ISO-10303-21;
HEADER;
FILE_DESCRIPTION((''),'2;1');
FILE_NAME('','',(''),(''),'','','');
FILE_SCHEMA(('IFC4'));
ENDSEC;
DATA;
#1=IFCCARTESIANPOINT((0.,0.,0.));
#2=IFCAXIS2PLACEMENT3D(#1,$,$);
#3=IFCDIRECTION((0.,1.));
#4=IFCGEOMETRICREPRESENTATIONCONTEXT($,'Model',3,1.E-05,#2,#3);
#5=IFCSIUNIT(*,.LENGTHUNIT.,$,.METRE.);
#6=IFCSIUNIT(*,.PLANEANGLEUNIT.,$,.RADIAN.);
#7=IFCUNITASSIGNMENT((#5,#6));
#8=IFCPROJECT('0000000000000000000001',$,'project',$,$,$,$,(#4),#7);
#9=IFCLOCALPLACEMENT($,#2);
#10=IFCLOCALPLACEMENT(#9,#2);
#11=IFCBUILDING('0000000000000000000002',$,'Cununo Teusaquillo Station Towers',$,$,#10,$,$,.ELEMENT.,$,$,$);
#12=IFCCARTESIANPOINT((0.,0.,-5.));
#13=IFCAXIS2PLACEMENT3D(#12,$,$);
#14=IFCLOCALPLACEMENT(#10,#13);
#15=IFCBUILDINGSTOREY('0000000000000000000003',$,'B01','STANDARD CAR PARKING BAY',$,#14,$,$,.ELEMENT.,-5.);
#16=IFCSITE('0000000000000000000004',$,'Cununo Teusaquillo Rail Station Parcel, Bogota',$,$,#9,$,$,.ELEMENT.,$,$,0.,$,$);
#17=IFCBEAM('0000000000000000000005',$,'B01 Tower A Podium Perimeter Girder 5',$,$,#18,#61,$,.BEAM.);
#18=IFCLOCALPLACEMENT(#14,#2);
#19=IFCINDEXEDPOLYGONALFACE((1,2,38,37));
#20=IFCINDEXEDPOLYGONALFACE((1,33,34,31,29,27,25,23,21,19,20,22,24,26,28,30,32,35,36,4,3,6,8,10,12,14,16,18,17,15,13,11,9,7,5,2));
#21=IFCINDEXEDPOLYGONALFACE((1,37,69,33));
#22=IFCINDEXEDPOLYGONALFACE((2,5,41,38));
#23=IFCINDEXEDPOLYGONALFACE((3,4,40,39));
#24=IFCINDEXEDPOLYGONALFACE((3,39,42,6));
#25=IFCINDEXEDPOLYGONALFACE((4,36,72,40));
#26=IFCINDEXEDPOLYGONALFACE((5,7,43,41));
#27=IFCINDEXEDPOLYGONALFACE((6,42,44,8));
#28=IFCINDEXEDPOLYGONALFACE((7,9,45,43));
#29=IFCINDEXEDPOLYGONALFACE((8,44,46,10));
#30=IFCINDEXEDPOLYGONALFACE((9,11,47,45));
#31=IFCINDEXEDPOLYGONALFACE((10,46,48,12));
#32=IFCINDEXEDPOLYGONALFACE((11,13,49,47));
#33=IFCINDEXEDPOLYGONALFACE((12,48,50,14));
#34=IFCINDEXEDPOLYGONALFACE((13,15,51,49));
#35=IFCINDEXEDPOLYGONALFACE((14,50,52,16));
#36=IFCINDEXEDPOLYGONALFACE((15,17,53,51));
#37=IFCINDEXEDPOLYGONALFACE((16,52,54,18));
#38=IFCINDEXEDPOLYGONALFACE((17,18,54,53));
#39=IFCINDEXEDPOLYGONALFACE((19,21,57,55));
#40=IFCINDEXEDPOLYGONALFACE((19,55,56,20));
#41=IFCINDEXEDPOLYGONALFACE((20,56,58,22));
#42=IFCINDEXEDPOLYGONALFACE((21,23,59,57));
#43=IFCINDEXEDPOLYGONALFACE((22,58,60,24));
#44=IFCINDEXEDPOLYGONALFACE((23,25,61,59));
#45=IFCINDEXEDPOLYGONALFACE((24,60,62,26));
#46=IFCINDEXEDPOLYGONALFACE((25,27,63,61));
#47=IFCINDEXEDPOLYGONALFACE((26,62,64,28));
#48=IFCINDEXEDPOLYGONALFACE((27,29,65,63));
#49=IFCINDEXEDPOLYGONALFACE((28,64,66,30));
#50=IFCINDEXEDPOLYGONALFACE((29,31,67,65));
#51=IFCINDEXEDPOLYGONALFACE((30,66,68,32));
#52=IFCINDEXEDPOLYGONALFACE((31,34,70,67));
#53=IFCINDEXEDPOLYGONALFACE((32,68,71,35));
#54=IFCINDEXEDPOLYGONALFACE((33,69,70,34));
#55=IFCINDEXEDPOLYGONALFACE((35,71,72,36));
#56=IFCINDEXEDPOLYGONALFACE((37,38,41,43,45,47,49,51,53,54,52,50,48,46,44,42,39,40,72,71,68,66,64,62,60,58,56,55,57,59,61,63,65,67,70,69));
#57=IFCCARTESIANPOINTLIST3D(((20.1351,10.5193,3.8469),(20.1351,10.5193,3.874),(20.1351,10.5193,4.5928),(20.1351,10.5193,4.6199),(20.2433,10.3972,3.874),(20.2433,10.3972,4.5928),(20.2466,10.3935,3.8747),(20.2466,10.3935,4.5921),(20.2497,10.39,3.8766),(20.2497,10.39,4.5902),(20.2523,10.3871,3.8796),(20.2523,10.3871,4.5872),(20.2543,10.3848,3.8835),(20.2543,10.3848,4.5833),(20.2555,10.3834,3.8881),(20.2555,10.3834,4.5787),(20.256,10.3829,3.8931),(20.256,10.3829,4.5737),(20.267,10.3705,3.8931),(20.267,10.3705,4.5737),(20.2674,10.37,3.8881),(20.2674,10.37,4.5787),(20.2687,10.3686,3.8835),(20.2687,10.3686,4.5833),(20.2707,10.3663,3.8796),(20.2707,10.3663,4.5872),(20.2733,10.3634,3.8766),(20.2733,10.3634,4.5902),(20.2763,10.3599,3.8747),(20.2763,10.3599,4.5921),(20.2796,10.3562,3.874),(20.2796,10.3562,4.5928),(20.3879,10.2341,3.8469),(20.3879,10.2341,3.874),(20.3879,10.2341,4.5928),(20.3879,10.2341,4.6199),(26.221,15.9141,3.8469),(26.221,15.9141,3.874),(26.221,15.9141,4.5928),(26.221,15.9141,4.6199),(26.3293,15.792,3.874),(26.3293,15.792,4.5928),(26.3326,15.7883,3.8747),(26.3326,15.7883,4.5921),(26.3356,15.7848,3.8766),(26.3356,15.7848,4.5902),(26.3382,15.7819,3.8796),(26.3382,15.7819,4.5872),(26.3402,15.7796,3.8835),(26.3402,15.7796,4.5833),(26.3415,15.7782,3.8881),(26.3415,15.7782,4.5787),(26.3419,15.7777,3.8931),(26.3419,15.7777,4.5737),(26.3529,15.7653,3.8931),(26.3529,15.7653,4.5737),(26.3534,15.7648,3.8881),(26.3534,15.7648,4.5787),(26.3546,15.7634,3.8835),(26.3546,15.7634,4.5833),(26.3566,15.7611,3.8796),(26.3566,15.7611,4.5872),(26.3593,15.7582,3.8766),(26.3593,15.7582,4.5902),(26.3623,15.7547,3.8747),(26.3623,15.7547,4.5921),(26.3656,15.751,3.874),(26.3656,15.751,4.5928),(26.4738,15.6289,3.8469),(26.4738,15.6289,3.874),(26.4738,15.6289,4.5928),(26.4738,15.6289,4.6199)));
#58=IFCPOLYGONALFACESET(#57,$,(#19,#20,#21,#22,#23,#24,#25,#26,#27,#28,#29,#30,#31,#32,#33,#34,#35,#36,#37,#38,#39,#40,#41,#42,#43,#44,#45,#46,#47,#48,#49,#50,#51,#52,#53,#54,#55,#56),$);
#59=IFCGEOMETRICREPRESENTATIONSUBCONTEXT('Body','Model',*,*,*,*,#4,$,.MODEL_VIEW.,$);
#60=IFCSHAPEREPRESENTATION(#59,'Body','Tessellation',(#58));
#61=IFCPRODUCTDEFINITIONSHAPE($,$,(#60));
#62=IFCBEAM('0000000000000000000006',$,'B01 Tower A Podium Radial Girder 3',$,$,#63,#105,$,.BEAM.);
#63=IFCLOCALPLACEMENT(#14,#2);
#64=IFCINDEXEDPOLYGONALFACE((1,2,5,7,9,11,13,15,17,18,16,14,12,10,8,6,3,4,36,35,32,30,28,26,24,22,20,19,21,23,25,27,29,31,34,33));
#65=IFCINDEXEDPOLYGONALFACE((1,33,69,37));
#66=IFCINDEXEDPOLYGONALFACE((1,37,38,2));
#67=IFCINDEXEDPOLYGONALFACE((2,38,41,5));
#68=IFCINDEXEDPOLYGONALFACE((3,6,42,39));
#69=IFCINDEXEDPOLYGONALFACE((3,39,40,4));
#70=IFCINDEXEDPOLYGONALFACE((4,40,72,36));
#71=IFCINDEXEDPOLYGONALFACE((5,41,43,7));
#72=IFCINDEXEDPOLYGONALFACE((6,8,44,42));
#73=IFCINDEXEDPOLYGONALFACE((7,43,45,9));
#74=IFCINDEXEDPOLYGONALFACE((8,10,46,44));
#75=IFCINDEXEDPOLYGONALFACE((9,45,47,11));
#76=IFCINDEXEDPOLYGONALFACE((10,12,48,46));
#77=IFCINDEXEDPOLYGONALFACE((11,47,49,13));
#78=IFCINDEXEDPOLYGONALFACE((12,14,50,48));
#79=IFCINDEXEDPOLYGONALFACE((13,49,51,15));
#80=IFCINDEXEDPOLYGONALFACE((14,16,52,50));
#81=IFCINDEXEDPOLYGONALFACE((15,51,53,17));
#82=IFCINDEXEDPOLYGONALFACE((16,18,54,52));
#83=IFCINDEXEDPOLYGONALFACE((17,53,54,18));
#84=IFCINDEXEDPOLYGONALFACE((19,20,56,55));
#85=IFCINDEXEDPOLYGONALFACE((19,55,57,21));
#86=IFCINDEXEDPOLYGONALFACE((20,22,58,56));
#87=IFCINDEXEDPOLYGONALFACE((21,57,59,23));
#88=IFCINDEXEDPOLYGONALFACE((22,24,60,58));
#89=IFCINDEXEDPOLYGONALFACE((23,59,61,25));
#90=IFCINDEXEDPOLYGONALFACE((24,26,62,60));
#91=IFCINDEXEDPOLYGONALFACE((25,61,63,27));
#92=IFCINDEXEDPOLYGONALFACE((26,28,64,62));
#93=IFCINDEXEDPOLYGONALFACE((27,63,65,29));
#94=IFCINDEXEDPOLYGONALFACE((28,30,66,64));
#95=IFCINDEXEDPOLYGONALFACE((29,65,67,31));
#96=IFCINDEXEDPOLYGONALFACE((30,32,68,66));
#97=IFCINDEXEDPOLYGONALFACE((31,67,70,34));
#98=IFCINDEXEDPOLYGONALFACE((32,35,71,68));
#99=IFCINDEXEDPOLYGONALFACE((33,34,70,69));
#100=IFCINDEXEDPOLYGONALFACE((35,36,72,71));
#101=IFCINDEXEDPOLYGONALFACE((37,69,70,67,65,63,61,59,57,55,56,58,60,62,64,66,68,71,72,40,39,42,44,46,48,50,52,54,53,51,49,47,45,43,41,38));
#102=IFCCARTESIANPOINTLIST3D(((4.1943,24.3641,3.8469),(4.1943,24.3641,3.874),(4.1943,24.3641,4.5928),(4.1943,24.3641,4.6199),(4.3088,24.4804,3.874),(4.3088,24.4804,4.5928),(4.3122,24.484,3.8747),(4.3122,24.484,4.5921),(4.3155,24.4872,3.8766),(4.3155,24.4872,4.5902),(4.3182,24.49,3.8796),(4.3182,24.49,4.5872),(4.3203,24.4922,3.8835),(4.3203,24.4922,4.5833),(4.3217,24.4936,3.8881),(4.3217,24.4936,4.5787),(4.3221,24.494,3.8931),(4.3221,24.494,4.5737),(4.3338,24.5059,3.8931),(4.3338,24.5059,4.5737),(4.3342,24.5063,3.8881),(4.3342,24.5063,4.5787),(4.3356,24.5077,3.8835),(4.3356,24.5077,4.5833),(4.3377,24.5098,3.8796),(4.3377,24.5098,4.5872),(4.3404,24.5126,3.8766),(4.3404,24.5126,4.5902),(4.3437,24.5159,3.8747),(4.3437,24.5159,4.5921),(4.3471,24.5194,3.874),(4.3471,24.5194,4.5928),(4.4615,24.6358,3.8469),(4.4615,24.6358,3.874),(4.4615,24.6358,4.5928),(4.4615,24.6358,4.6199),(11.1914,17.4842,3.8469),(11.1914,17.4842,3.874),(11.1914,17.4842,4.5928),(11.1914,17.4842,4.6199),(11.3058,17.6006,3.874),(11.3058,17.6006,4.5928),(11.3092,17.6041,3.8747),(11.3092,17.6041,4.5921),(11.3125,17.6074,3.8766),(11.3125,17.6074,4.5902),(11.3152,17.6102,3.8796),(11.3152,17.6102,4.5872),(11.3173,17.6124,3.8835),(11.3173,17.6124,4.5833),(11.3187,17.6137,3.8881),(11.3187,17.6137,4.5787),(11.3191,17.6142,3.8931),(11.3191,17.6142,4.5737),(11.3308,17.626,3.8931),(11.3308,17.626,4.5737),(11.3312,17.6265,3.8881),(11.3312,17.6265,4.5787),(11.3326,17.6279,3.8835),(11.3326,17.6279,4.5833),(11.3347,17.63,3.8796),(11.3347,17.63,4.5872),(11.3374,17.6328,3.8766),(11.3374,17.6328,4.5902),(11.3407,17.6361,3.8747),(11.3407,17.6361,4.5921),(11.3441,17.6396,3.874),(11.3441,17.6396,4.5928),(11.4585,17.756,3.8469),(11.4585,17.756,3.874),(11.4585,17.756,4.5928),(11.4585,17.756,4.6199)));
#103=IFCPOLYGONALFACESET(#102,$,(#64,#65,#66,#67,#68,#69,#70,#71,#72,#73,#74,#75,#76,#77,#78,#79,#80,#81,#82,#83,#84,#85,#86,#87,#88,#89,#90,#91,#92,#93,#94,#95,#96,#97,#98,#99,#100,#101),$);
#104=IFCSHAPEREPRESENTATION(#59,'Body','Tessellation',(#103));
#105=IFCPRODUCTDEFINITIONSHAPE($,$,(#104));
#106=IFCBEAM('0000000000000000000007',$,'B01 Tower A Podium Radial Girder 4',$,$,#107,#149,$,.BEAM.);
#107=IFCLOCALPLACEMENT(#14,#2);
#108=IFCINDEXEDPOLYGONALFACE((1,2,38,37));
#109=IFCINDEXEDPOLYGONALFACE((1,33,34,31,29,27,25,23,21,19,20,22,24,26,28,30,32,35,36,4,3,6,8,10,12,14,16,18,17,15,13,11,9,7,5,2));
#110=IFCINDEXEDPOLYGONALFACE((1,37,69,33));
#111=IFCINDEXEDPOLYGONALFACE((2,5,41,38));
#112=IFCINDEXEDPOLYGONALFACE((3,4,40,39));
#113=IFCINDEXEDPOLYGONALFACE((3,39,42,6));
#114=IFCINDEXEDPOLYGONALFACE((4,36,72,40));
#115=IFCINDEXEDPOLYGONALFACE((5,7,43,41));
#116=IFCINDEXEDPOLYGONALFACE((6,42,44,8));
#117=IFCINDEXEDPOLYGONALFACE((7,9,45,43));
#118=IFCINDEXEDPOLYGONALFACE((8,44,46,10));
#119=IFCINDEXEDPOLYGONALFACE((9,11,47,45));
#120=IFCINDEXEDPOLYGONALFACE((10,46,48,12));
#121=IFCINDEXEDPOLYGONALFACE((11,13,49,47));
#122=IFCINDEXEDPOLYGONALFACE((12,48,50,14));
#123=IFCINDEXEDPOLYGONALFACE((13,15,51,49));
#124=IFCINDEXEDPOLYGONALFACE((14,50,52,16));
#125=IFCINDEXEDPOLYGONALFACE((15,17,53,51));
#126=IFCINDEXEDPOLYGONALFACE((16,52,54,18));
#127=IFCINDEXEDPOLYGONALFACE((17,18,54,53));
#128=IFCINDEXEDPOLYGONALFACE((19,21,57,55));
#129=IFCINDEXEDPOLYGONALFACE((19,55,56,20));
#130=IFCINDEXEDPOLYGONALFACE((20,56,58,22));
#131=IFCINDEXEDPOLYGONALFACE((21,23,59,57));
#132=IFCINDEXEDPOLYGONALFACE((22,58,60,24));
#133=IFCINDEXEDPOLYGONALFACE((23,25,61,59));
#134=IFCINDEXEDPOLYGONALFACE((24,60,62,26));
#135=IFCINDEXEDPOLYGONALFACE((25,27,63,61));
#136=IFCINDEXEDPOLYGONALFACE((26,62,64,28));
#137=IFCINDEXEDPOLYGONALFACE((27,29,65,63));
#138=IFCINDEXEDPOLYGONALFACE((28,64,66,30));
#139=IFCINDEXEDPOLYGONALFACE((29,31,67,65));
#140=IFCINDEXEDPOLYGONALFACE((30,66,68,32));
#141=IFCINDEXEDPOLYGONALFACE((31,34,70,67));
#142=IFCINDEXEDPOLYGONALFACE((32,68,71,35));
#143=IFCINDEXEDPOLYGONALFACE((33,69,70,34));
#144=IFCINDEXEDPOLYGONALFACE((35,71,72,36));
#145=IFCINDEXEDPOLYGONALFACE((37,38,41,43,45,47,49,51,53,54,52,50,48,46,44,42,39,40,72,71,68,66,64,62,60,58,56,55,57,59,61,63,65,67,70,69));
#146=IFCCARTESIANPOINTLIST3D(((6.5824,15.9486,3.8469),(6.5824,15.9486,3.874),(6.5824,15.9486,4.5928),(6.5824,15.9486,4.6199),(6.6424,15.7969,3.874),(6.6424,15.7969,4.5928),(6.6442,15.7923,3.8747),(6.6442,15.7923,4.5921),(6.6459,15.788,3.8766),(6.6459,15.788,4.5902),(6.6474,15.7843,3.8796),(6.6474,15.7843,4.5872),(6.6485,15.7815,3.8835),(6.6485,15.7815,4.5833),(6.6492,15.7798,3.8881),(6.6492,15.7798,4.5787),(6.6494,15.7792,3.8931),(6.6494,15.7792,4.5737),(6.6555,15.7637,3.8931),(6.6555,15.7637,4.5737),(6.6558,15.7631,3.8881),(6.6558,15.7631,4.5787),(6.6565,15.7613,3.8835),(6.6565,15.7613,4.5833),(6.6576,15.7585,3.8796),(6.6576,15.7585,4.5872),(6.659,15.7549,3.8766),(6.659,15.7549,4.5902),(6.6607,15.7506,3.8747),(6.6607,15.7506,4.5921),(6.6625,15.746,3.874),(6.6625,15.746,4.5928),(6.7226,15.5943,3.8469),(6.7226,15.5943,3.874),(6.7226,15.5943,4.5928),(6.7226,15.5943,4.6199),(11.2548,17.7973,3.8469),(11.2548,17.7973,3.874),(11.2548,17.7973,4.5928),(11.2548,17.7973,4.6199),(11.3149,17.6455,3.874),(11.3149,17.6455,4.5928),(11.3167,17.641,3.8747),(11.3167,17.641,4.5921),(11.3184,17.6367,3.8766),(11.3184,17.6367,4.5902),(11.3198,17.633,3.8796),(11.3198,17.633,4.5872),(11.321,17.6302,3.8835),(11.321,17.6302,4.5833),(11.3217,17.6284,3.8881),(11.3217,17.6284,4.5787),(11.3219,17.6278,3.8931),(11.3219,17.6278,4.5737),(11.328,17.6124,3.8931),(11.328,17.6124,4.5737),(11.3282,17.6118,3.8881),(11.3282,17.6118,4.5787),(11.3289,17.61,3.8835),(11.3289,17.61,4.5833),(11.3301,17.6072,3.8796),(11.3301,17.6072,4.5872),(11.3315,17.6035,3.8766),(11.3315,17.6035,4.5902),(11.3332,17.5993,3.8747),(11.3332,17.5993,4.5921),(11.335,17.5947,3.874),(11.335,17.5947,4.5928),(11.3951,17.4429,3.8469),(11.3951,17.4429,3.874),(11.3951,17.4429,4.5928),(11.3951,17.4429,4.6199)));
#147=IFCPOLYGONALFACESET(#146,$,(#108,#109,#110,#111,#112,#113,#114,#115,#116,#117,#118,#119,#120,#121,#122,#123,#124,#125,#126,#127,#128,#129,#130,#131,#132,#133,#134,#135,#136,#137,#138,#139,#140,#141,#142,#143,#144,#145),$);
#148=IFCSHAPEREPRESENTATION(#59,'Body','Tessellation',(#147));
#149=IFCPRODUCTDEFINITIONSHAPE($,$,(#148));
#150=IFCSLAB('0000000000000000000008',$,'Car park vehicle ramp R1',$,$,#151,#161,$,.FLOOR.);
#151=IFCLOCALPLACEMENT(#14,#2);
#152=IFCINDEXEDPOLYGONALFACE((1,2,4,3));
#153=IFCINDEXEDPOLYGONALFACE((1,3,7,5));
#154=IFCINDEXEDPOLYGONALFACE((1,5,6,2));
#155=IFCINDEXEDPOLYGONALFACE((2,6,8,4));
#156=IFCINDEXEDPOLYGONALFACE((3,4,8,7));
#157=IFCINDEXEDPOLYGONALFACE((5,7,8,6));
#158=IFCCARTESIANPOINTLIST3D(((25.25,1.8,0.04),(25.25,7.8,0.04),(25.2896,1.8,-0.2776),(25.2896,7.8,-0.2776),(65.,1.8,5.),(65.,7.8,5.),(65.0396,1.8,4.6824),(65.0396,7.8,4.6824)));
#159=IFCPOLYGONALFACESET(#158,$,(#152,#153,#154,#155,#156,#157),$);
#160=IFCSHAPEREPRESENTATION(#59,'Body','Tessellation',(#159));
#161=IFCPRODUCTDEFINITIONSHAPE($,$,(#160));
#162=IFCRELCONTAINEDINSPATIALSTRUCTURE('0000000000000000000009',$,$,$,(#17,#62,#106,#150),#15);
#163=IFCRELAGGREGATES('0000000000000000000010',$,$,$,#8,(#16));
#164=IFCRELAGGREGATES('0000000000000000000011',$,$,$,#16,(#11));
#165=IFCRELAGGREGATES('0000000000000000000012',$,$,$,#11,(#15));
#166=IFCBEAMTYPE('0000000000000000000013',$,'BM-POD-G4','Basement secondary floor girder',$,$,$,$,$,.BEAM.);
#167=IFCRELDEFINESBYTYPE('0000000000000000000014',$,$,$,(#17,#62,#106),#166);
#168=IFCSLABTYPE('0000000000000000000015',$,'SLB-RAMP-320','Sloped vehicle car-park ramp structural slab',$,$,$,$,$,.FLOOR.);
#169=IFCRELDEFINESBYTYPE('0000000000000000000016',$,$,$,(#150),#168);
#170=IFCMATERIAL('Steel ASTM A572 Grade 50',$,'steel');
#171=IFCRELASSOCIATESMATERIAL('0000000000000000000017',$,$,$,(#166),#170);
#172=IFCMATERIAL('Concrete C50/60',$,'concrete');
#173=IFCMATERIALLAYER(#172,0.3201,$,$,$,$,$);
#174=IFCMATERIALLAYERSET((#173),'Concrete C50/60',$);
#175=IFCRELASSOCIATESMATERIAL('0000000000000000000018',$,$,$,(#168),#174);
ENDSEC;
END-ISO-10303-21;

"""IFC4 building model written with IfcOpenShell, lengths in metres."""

from ifc_helpers import new_model, si_unit, direction, frame, origin, origin_2d, place, context, subcontext, project, spatial, polyline, i_section, outline, extrude, material, layer, layer_set, material_profile, profile_set, type_object, element, save


model = new_model("IFC4")

# Units and contexts
model_context = context("Model", 3, precision=1e-05, world=origin(), true_north=direction((0.0, 1.0)))
body_context = subcontext(model_context, "Body", "Model", "MODEL_VIEW")
ifc_project = project(units=[si_unit("LENGTHUNIT", "METRE"), si_unit("PLANEANGLEUNIT", "RADIAN")], contexts=[model_context])

# Site, building, storey
site_placement = place(None, origin())
site = spatial("IfcSite", under=ifc_project, at=site_placement, Name="Cununo Teusaquillo Rail Station Parcel, Bogota", CompositionType="ELEMENT", RefElevation=0.0)
building_placement = place(site_placement, origin())
building = spatial("IfcBuilding", under=site, at=building_placement, Name="Cununo Teusaquillo Station Towers", CompositionType="ELEMENT")
storey_placement = place(building_placement, frame((0.0, 0.0, -5.0)))
storey = spatial("IfcBuildingStorey", under=building, at=storey_placement, Name="B01", Description="STANDARD CAR PARKING BAY", CompositionType="ELEMENT", Elevation=-5.0)

# Beams
ifc_material_1 = material(Name="Steel ASTM A572 Grade 50", Category="steel")
ifc_material_profile_1 = material_profile(ifc_material_1, i_section(OverallWidth=0.3811, OverallDepth=0.7729, WebThickness=0.0166, FlangeThickness=0.0271, FilletRadius=0.019, at=origin_2d()), Name="W30X173")
ifc_profile_set_1 = profile_set([ifc_material_profile_1], Name="Steel ASTM A572 Grade 50")
beam_type_1 = type_object("IfcBeamType", Name="BM-POD-G4", Description="Basement secondary floor girder", PredefinedType="BEAM", material=ifc_profile_set_1)
beam_1_placement = place(storey_placement, frame((20.2615, 10.3767, 4.2334), z_axis=(0.748321, 0.663337, 0.0), x_axis=(-0.663337, 0.748321, 0.0)))
element("IfcBeam", 1, at=beam_1_placement, inside=storey, type_object=beam_type_1, Name="B01 Tower A Podium Perimeter Girder 5", PredefinedType="BEAM", context=body_context, shape_type="SweptSolid", body=[
    extrude(i_section(OverallWidth=0.3811, OverallDepth=0.7729, WebThickness=0.0166, FlangeThickness=0.0271, FilletRadius=0.019, at=origin_2d()), origin(), (0.0, 0.0, 1.0), 8.1328),
])
beam_2_placement = place(storey_placement, frame((11.325, 17.6201, 4.2334), z_axis=(-0.713053, 0.70111, 0.0), x_axis=(-0.70111, -0.713053, 0.0)))
element("IfcBeam", 2, at=beam_2_placement, inside=storey, type_object=beam_type_1, Name="B01 Tower A Podium Radial Girder 3", PredefinedType="BEAM", context=body_context, shape_type="SweptSolid", body=[
    extrude(i_section(OverallWidth=0.3811, OverallDepth=0.7729, WebThickness=0.0166, FlangeThickness=0.0271, FilletRadius=0.019, at=origin_2d()), origin(), (0.0, 0.0, 1.0), 9.8127),
])
beam_3_placement = place(storey_placement, frame((11.325, 17.6201, 4.2334), z_axis=(-0.929864, -0.367903, 0.0), x_axis=(0.367903, -0.929864, 0.0)))
element("IfcBeam", 3, at=beam_3_placement, inside=storey, type_object=beam_type_1, Name="B01 Tower A Podium Radial Girder 4", PredefinedType="BEAM", context=body_context, shape_type="SweptSolid", body=[
    extrude(i_section(OverallWidth=0.3811, OverallDepth=0.7729, WebThickness=0.0166, FlangeThickness=0.0271, FilletRadius=0.019, at=origin_2d()), origin(), (0.0, 0.0, 1.0), 5.0249),
])

# Slab
ifc_material_2 = material(Name="Concrete C50/60", Category="concrete")
ifc_layer_1 = layer(ifc_material_2, 0.3201)
ifc_layer_set_1 = layer_set([ifc_layer_1], Name="Concrete C50/60")
slab_type = type_object("IfcSlabType", Name="SLB-RAMP-320", Description="Sloped vehicle car-park ramp structural slab", PredefinedType="FLOOR", material=ifc_layer_set_1)
slab_placement = place(storey_placement, frame((25.25, 1.8, 0.04), z_axis=(-0.123819, 0.0, 0.992305), x_axis=(0.992305, 0.0, 0.123819)))
element("IfcSlab", 4, at=slab_placement, inside=storey, type_object=slab_type, Name="Car park vehicle ramp R1", PredefinedType="FLOOR", context=body_context, shape_type="SweptSolid", body=[
    extrude(outline(polyline([(0.0, 0.0), (40.0583, 0.0), (40.0583, 6.0), (0.0, 6.0), (0.0, 0.0)])), origin(), (0.0, 0.0, -1.0), 0.3201),
])

save(model, "model.ifc")
